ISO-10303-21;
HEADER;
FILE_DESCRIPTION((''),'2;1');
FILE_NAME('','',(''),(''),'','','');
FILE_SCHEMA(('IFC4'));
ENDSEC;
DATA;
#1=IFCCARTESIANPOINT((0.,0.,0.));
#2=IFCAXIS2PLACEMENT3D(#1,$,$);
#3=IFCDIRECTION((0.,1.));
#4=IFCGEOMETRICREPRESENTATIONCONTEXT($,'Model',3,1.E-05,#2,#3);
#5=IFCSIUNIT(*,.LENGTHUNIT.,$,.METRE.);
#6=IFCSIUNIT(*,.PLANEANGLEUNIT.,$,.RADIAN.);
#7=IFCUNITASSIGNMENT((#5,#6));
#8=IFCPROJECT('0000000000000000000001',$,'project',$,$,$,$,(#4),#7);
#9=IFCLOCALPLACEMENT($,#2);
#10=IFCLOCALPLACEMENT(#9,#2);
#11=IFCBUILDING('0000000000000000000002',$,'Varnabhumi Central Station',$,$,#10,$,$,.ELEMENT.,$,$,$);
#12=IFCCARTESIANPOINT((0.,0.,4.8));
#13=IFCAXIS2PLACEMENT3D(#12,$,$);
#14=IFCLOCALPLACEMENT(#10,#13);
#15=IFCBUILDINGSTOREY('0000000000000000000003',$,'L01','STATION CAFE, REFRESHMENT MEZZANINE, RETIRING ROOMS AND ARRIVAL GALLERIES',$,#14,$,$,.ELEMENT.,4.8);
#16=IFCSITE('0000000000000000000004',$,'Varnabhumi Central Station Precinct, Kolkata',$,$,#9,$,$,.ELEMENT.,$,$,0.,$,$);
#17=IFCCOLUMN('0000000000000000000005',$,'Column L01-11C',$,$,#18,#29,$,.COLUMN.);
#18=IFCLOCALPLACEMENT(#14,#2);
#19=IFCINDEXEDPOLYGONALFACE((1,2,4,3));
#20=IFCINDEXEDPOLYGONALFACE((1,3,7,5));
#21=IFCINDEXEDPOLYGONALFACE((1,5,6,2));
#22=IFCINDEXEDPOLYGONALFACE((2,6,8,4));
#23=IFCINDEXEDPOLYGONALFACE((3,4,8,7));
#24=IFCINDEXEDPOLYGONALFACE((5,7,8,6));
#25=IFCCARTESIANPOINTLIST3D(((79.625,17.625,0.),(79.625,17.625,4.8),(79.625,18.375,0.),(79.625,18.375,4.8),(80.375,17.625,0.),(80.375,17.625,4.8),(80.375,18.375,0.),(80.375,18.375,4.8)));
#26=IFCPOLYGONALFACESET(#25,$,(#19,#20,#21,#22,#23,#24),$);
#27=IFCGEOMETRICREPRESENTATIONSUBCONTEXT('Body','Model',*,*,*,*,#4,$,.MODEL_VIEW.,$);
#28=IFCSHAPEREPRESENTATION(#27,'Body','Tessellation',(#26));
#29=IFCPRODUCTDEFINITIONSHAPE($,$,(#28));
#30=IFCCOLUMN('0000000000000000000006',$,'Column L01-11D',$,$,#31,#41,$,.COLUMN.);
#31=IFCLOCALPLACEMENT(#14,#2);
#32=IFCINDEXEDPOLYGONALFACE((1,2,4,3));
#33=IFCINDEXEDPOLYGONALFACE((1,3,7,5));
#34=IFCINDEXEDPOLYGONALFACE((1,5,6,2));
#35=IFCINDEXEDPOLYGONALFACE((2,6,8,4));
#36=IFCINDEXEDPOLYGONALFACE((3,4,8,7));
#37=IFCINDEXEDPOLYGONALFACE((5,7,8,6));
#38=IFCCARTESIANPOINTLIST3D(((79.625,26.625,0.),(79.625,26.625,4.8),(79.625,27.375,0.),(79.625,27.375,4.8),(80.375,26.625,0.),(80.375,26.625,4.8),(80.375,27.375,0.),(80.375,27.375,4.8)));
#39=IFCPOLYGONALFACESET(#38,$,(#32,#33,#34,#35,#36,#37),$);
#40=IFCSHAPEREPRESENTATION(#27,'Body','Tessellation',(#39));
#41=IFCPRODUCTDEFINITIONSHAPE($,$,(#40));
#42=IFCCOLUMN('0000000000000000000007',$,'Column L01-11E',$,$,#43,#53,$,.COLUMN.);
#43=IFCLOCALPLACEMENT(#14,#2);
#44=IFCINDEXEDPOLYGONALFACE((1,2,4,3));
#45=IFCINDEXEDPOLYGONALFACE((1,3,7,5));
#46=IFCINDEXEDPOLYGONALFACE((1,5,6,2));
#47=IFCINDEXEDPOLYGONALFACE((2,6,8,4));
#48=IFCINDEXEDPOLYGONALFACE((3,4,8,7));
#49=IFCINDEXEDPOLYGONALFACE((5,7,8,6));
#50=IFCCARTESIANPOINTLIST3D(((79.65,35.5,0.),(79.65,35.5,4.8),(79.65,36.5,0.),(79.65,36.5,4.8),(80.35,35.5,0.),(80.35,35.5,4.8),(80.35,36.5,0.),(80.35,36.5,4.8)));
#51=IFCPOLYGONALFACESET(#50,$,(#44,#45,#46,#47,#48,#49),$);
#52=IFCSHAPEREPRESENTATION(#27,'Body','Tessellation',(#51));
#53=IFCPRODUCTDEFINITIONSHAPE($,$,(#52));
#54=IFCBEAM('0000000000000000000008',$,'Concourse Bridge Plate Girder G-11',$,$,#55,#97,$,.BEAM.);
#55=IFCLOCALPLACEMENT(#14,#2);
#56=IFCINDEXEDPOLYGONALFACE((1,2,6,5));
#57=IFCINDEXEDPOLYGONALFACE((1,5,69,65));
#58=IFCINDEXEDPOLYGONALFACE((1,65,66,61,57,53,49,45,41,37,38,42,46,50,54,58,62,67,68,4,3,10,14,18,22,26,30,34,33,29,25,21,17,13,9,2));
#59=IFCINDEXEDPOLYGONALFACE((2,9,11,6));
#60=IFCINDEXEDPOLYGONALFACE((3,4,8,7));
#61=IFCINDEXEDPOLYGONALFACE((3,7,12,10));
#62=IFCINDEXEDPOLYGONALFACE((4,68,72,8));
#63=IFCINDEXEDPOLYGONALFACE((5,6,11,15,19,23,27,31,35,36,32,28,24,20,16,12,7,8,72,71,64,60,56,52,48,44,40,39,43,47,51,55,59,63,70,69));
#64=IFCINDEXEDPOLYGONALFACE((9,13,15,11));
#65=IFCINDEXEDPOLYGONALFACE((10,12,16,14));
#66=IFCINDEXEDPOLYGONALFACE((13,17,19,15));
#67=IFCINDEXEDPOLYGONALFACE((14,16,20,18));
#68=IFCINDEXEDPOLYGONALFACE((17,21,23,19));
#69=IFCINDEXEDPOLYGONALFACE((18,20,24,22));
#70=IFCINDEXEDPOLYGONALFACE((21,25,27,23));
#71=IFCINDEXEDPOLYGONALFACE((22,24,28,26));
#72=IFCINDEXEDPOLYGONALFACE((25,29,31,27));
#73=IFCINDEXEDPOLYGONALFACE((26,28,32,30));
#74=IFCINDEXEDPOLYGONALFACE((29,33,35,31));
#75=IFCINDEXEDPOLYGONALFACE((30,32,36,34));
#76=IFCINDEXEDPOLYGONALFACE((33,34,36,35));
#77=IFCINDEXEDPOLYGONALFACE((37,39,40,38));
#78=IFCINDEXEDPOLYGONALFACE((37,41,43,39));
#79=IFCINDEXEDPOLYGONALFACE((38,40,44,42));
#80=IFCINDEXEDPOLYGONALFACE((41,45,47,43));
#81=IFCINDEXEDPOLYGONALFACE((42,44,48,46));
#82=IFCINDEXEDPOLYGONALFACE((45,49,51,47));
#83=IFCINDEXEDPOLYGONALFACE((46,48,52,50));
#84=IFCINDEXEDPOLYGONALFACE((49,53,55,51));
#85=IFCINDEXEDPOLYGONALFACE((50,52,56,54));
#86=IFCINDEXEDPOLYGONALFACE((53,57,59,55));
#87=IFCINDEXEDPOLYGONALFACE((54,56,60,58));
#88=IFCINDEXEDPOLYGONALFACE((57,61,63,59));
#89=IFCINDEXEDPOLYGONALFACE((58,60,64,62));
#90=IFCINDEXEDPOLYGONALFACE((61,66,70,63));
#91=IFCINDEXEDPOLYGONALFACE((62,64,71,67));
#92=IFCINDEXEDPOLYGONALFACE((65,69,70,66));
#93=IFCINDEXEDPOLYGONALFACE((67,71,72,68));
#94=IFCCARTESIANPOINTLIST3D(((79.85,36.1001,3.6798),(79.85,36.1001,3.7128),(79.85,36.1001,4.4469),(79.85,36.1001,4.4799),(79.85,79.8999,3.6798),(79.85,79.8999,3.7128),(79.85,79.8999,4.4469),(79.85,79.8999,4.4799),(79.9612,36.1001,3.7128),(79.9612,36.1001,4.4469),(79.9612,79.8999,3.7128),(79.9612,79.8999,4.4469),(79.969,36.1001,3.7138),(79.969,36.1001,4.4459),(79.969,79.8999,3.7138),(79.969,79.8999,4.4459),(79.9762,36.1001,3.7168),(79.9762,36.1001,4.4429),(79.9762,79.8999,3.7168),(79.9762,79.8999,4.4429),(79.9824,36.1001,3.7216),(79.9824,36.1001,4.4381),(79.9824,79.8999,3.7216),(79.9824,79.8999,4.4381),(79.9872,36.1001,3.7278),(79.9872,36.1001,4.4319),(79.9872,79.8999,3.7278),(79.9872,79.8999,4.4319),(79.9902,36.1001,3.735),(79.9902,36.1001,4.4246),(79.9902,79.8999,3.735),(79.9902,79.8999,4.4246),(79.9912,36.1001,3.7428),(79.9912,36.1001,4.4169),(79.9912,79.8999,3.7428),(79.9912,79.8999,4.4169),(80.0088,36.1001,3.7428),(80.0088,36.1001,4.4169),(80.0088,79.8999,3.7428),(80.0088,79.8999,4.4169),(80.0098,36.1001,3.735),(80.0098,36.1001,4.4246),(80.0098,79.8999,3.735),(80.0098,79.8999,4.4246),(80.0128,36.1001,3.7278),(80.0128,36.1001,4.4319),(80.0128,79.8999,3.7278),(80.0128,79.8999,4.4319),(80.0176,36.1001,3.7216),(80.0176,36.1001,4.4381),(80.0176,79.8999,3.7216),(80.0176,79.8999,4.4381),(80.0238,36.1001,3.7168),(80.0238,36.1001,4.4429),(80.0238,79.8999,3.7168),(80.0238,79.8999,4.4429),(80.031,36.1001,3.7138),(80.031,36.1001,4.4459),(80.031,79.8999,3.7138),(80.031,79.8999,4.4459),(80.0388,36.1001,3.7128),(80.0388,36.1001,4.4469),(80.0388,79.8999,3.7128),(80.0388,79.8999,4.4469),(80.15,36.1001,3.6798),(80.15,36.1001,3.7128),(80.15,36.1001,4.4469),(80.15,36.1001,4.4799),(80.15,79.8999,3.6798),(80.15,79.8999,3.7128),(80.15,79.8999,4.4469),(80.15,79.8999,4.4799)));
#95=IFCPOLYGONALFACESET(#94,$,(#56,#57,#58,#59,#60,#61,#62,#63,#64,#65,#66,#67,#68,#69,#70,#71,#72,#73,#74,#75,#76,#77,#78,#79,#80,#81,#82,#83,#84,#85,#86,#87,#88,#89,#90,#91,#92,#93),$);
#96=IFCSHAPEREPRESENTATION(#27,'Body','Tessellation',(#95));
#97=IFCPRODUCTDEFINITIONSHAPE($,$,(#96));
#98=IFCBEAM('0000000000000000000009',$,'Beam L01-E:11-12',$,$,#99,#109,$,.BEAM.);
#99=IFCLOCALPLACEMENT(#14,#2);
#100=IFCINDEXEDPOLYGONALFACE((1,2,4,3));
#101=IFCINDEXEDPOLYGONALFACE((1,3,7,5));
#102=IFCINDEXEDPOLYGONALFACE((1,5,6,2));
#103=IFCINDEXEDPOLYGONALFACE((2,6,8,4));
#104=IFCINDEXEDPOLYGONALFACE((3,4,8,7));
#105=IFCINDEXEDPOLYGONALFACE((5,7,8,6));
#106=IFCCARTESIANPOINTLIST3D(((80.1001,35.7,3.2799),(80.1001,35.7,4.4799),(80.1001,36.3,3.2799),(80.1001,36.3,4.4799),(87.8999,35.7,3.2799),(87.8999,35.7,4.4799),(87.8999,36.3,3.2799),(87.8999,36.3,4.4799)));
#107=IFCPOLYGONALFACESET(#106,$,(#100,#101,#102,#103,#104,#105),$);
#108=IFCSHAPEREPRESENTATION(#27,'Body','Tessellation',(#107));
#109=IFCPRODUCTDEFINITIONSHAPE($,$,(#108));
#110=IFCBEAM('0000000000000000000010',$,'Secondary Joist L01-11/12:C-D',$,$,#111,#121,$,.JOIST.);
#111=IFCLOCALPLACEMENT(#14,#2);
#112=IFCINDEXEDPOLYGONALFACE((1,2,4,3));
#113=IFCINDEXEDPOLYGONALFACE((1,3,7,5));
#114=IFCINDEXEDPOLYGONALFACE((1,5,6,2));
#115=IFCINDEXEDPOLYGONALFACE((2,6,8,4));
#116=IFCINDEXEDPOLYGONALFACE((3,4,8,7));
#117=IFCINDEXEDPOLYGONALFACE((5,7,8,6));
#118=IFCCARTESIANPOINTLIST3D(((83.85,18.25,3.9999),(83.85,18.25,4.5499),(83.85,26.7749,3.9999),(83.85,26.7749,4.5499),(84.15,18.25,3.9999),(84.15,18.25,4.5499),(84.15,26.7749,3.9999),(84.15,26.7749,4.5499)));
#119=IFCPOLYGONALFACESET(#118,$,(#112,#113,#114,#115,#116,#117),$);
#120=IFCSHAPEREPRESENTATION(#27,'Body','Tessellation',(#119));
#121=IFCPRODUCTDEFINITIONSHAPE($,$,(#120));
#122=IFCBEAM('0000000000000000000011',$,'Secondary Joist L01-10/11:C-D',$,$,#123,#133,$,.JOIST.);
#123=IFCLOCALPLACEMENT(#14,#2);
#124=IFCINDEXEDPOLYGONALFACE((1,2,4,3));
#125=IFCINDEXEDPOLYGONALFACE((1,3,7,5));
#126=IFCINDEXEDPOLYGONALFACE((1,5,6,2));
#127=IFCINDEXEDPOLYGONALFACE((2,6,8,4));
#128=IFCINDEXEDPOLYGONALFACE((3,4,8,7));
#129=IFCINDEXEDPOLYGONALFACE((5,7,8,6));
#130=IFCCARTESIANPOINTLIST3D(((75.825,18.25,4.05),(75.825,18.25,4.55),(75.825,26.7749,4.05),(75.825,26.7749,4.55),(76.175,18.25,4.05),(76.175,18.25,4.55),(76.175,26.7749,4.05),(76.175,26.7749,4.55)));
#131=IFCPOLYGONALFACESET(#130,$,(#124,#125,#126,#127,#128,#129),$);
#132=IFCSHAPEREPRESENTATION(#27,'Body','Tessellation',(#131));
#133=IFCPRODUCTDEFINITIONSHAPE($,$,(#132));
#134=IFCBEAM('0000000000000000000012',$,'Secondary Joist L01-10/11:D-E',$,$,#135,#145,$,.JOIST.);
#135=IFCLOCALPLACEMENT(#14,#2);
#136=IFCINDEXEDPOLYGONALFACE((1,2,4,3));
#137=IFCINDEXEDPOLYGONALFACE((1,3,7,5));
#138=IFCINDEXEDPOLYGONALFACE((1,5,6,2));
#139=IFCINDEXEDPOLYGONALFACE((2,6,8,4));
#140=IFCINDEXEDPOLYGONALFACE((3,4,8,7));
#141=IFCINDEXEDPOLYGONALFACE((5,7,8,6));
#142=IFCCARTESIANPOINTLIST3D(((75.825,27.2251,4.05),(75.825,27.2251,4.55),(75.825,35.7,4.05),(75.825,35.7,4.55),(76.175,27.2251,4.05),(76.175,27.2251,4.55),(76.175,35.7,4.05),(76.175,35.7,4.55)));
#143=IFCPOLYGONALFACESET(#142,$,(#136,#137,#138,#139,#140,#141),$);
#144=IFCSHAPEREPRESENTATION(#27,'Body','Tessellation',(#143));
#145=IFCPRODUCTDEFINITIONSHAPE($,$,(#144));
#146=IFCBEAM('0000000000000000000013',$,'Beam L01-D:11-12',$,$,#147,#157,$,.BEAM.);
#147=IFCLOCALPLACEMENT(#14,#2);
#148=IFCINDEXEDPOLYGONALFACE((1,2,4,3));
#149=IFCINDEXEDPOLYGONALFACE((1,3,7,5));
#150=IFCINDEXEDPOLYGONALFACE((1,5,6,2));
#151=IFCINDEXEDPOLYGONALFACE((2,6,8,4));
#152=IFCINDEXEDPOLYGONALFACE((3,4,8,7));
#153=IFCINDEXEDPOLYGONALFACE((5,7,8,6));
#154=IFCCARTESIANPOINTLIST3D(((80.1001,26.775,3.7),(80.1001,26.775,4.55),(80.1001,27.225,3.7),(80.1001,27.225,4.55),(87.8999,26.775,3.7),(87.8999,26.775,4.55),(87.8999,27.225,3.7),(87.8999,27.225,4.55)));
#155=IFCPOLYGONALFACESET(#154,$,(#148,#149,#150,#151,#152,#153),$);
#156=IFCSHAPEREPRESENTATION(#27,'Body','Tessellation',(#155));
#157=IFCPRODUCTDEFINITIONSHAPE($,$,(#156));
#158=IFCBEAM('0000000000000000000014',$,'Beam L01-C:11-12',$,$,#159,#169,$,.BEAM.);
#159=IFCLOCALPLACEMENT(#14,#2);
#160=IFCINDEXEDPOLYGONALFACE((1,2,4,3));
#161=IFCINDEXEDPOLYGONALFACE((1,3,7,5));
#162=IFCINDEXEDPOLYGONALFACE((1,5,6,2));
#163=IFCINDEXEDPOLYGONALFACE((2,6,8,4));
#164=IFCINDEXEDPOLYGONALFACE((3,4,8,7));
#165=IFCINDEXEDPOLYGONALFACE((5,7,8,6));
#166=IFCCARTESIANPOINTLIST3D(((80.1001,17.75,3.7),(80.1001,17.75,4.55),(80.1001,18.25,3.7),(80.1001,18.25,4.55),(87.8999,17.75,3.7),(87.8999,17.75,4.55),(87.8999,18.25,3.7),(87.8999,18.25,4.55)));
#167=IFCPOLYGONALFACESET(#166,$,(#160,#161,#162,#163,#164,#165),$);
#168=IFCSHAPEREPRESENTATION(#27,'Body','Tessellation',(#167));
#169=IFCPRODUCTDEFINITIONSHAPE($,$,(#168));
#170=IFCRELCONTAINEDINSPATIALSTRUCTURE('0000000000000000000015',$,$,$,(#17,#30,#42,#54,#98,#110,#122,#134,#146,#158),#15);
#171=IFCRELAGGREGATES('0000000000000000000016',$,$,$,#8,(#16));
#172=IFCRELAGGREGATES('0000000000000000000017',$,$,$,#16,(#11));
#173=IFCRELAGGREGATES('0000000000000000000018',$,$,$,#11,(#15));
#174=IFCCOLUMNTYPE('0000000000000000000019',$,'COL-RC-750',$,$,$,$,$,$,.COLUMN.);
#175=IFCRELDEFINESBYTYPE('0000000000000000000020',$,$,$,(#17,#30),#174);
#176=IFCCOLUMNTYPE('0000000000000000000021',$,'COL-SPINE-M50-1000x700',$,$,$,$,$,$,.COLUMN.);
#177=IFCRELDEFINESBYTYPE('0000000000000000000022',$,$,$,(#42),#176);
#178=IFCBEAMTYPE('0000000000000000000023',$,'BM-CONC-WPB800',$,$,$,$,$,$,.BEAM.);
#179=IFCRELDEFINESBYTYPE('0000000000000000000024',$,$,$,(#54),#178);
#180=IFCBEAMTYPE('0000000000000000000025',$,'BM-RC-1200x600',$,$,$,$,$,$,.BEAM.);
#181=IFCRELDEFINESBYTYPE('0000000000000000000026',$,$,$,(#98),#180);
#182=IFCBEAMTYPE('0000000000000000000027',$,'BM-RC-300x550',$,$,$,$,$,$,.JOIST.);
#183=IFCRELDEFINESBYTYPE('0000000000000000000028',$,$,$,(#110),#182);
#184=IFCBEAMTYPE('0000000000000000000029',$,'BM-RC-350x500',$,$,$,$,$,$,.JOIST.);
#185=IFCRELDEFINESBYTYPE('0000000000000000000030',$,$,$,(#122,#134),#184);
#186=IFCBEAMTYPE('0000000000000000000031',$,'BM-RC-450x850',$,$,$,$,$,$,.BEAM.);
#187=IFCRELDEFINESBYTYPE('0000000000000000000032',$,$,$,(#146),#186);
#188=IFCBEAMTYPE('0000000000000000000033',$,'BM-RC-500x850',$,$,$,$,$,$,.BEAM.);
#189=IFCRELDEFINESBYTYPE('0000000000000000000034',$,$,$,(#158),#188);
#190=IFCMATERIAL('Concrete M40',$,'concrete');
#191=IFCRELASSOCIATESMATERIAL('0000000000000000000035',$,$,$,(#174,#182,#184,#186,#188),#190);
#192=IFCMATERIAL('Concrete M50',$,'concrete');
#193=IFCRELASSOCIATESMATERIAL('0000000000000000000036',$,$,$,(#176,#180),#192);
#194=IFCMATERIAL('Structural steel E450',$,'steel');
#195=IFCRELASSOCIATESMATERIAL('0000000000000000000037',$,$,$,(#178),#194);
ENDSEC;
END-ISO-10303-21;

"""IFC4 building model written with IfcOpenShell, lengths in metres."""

from ifc_helpers import new_model, si_unit, direction, frame, origin, origin_2d, place, context, subcontext, project, spatial, rectangle, i_section, extrude, material, material_profile, profile_set, type_object, element, save


model = new_model("IFC4")

# Units and contexts
model_context = context("Model", 3, precision=1e-05, world=origin(), true_north=direction((0.0, 1.0)))
body_context = subcontext(model_context, "Body", "Model", "MODEL_VIEW")
ifc_project = project(units=[si_unit("LENGTHUNIT", "METRE"), si_unit("PLANEANGLEUNIT", "RADIAN")], contexts=[model_context])

# Site, building, storey
site_placement = place(None, origin())
site = spatial("IfcSite", under=ifc_project, at=site_placement, Name="Varnabhumi Central Station Precinct, Kolkata", CompositionType="ELEMENT", RefElevation=0.0)
building_placement = place(site_placement, origin())
building = spatial("IfcBuilding", under=site, at=building_placement, Name="Varnabhumi Central Station", CompositionType="ELEMENT")
storey_placement = place(building_placement, frame((0.0, 0.0, 4.8)))
storey = spatial("IfcBuildingStorey", under=building, at=storey_placement, Name="L01", Description="STATION CAFE, REFRESHMENT MEZZANINE, RETIRING ROOMS AND ARRIVAL GALLERIES", CompositionType="ELEMENT", Elevation=4.8)

# Columns
ifc_material_1 = material(Name="Concrete M40", Category="concrete")
ifc_material_profile_1 = material_profile(ifc_material_1, rectangle(XDim=0.75, YDim=0.75, at=origin_2d()), Name="Concrete M40", Category="concrete")
ifc_profile_set_1 = profile_set([ifc_material_profile_1], Name="Concrete M40")
column_type_1 = type_object("IfcColumnType", Name="COL-RC-750", PredefinedType="COLUMN", material=ifc_profile_set_1)
for number, where, z_axis, x_axis, name in (
    (1, (80.0, 18.0, 0.0), (0.0, 0.0, 1.0), (1.0, 0.0, 0.0), "Column L01-11C"),
    (2, (80.0, 27.0, 0.0), (0.0, 0.0, 1.0), (1.0, 0.0, 0.0), "Column L01-11D"),
):
    element("IfcColumn", number, at=place(storey_placement, frame(where, z_axis=z_axis, x_axis=x_axis)), inside=storey, type_object=column_type_1, Name=name, PredefinedType="COLUMN", context=body_context, shape_type="SweptSolid", body=[
        extrude(rectangle(XDim=0.75, YDim=0.75, at=origin_2d()), origin(), (0.0, 0.0, 1.0), 4.8),
    ])
ifc_material_2 = material(Name="Concrete M50", Category="concrete")
ifc_material_profile_2 = material_profile(ifc_material_2, rectangle(XDim=0.7, YDim=1.0, at=origin_2d()), Name="Concrete M50", Category="concrete")
ifc_profile_set_2 = profile_set([ifc_material_profile_2], Name="Concrete M50")
column_type_2 = type_object("IfcColumnType", Name="COL-SPINE-M50-1000x700", PredefinedType="COLUMN", material=ifc_profile_set_2)
column_placement = place(storey_placement, frame((80.0, 36.0, 0.0), z_axis=(0.0, 0.0, 1.0), x_axis=(1.0, 0.0, 0.0)))
element("IfcColumn", 3, at=column_placement, inside=storey, type_object=column_type_2, Name="Column L01-11E", PredefinedType="COLUMN", context=body_context, shape_type="SweptSolid", body=[
    extrude(rectangle(XDim=0.7, YDim=1.0, at=origin_2d()), origin(), (0.0, 0.0, 1.0), 4.8),
])

# Beams
ifc_material_3 = material(Name="Structural steel E450", Category="steel")
ifc_material_profile_3 = material_profile(ifc_material_3, i_section(OverallWidth=0.3, OverallDepth=0.8, WebThickness=0.0176, FlangeThickness=0.033, FilletRadius=0.03, at=origin_2d()), Name="Structural steel E450", Category="steel")
ifc_profile_set_3 = profile_set([ifc_material_profile_3], Name="Structural steel E450")
beam_type_1 = type_object("IfcBeamType", Name="BM-CONC-WPB800", PredefinedType="BEAM", material=ifc_profile_set_3)
beam_1_placement = place(storey_placement, frame((80.0, 36.1001, 4.0798), z_axis=(0.0, 1.0, 0.0), x_axis=(-1.0, 0.0, 0.0)))
element("IfcBeam", 4, at=beam_1_placement, inside=storey, type_object=beam_type_1, Name="Concourse Bridge Plate Girder G-11", PredefinedType="BEAM", context=body_context, shape_type="SweptSolid", body=[
    extrude(i_section(OverallWidth=0.3, OverallDepth=0.8, WebThickness=0.0176, FlangeThickness=0.033, FilletRadius=0.03, at=origin_2d()), origin(), (0.0, 0.0, 1.0), 43.7998),
])
ifc_material_profile_4 = material_profile(ifc_material_2, rectangle(XDim=0.6001, YDim=1.2, at=origin_2d()), Name="Concrete M50", Category="concrete")
ifc_profile_set_4 = profile_set([ifc_material_profile_4], Name="Concrete M50")
beam_type_2 = type_object("IfcBeamType", Name="BM-RC-1200x600", PredefinedType="BEAM", material=ifc_profile_set_4)
beam_2_placement = place(storey_placement, frame((80.1001, 36.0, 3.8799), z_axis=(1.0, 0.0, 0.0), x_axis=(0.0, 1.0, 0.0)))
element("IfcBeam", 5, at=beam_2_placement, inside=storey, type_object=beam_type_2, Name="Beam L01-E:11-12", PredefinedType="BEAM", context=body_context, shape_type="SweptSolid", body=[
    extrude(rectangle(XDim=0.6001, YDim=1.2, at=origin_2d()), origin(), (0.0, 0.0, 1.0), 7.7998),
])
ifc_material_profile_5 = material_profile(ifc_material_1, rectangle(XDim=0.3, YDim=0.55, at=origin_2d()), Name="Concrete M40", Category="concrete")
ifc_profile_set_5 = profile_set([ifc_material_profile_5], Name="Concrete M40")
beam_type_3 = type_object("IfcBeamType", Name="BM-RC-300x550", PredefinedType="JOIST", material=ifc_profile_set_5)
beam_3_placement = place(storey_placement, frame((84.0, 18.25, 4.2749), z_axis=(0.0, 1.0, 0.0), x_axis=(-1.0, 0.0, 0.0)))
element("IfcBeam", 6, at=beam_3_placement, inside=storey, type_object=beam_type_3, Name="Secondary Joist L01-11/12:C-D", PredefinedType="JOIST", context=body_context, shape_type="SweptSolid", body=[
    extrude(rectangle(XDim=0.3, YDim=0.55, at=origin_2d()), origin(), (0.0, 0.0, 1.0), 8.5249),
])
ifc_material_profile_6 = material_profile(ifc_material_1, rectangle(XDim=0.3501, YDim=0.5, at=origin_2d()), Name="Concrete M40", Category="concrete")
ifc_profile_set_6 = profile_set([ifc_material_profile_6], Name="Concrete M40")
beam_type_4 = type_object("IfcBeamType", Name="BM-RC-350x500", PredefinedType="JOIST", material=ifc_profile_set_6)
beam_4_placement = place(storey_placement, frame((76.0, 18.25, 4.3), z_axis=(0.0, 1.0, 0.0), x_axis=(-1.0, 0.0, 0.0)))
element("IfcBeam", 7, at=beam_4_placement, inside=storey, type_object=beam_type_4, Name="Secondary Joist L01-10/11:C-D", PredefinedType="JOIST", context=body_context, shape_type="SweptSolid", body=[
    extrude(rectangle(XDim=0.3501, YDim=0.5, at=origin_2d()), origin(), (0.0, 0.0, 1.0), 8.5249),
])
beam_5_placement = place(storey_placement, frame((76.0, 27.2251, 4.3), z_axis=(0.0, 1.0, 0.0), x_axis=(-1.0, 0.0, 0.0)))
element("IfcBeam", 8, at=beam_5_placement, inside=storey, type_object=beam_type_4, Name="Secondary Joist L01-10/11:D-E", PredefinedType="JOIST", context=body_context, shape_type="SweptSolid", body=[
    extrude(rectangle(XDim=0.3501, YDim=0.5, at=origin_2d()), origin(), (0.0, 0.0, 1.0), 8.4749),
])
ifc_material_profile_7 = material_profile(ifc_material_1, rectangle(XDim=0.45, YDim=0.8501, at=origin_2d()), Name="Concrete M40", Category="concrete")
ifc_profile_set_7 = profile_set([ifc_material_profile_7], Name="Concrete M40")
beam_type_5 = type_object("IfcBeamType", Name="BM-RC-450x850", PredefinedType="BEAM", material=ifc_profile_set_7)
beam_6_placement = place(storey_placement, frame((80.1001, 27.0, 4.125), z_axis=(1.0, 0.0, 0.0), x_axis=(0.0, 1.0, 0.0)))
element("IfcBeam", 9, at=beam_6_placement, inside=storey, type_object=beam_type_5, Name="Beam L01-D:11-12", PredefinedType="BEAM", context=body_context, shape_type="SweptSolid", body=[
    extrude(rectangle(XDim=0.45, YDim=0.8501, at=origin_2d()), origin(), (0.0, 0.0, 1.0), 7.7998),
])
ifc_material_profile_8 = material_profile(ifc_material_1, rectangle(XDim=0.5, YDim=0.8501, at=origin_2d()), Name="Concrete M40", Category="concrete")
ifc_profile_set_8 = profile_set([ifc_material_profile_8], Name="Concrete M40")
beam_type_6 = type_object("IfcBeamType", Name="BM-RC-500x850", PredefinedType="BEAM", material=ifc_profile_set_8)
beam_7_placement = place(storey_placement, frame((80.1001, 18.0, 4.125), z_axis=(1.0, 0.0, 0.0), x_axis=(0.0, 1.0, 0.0)))
element("IfcBeam", 10, at=beam_7_placement, inside=storey, type_object=beam_type_6, Name="Beam L01-C:11-12", PredefinedType="BEAM", context=body_context, shape_type="SweptSolid", body=[
    extrude(rectangle(XDim=0.5, YDim=0.8501, at=origin_2d()), origin(), (0.0, 0.0, 1.0), 7.7998),
])

save(model, "model.ifc")
